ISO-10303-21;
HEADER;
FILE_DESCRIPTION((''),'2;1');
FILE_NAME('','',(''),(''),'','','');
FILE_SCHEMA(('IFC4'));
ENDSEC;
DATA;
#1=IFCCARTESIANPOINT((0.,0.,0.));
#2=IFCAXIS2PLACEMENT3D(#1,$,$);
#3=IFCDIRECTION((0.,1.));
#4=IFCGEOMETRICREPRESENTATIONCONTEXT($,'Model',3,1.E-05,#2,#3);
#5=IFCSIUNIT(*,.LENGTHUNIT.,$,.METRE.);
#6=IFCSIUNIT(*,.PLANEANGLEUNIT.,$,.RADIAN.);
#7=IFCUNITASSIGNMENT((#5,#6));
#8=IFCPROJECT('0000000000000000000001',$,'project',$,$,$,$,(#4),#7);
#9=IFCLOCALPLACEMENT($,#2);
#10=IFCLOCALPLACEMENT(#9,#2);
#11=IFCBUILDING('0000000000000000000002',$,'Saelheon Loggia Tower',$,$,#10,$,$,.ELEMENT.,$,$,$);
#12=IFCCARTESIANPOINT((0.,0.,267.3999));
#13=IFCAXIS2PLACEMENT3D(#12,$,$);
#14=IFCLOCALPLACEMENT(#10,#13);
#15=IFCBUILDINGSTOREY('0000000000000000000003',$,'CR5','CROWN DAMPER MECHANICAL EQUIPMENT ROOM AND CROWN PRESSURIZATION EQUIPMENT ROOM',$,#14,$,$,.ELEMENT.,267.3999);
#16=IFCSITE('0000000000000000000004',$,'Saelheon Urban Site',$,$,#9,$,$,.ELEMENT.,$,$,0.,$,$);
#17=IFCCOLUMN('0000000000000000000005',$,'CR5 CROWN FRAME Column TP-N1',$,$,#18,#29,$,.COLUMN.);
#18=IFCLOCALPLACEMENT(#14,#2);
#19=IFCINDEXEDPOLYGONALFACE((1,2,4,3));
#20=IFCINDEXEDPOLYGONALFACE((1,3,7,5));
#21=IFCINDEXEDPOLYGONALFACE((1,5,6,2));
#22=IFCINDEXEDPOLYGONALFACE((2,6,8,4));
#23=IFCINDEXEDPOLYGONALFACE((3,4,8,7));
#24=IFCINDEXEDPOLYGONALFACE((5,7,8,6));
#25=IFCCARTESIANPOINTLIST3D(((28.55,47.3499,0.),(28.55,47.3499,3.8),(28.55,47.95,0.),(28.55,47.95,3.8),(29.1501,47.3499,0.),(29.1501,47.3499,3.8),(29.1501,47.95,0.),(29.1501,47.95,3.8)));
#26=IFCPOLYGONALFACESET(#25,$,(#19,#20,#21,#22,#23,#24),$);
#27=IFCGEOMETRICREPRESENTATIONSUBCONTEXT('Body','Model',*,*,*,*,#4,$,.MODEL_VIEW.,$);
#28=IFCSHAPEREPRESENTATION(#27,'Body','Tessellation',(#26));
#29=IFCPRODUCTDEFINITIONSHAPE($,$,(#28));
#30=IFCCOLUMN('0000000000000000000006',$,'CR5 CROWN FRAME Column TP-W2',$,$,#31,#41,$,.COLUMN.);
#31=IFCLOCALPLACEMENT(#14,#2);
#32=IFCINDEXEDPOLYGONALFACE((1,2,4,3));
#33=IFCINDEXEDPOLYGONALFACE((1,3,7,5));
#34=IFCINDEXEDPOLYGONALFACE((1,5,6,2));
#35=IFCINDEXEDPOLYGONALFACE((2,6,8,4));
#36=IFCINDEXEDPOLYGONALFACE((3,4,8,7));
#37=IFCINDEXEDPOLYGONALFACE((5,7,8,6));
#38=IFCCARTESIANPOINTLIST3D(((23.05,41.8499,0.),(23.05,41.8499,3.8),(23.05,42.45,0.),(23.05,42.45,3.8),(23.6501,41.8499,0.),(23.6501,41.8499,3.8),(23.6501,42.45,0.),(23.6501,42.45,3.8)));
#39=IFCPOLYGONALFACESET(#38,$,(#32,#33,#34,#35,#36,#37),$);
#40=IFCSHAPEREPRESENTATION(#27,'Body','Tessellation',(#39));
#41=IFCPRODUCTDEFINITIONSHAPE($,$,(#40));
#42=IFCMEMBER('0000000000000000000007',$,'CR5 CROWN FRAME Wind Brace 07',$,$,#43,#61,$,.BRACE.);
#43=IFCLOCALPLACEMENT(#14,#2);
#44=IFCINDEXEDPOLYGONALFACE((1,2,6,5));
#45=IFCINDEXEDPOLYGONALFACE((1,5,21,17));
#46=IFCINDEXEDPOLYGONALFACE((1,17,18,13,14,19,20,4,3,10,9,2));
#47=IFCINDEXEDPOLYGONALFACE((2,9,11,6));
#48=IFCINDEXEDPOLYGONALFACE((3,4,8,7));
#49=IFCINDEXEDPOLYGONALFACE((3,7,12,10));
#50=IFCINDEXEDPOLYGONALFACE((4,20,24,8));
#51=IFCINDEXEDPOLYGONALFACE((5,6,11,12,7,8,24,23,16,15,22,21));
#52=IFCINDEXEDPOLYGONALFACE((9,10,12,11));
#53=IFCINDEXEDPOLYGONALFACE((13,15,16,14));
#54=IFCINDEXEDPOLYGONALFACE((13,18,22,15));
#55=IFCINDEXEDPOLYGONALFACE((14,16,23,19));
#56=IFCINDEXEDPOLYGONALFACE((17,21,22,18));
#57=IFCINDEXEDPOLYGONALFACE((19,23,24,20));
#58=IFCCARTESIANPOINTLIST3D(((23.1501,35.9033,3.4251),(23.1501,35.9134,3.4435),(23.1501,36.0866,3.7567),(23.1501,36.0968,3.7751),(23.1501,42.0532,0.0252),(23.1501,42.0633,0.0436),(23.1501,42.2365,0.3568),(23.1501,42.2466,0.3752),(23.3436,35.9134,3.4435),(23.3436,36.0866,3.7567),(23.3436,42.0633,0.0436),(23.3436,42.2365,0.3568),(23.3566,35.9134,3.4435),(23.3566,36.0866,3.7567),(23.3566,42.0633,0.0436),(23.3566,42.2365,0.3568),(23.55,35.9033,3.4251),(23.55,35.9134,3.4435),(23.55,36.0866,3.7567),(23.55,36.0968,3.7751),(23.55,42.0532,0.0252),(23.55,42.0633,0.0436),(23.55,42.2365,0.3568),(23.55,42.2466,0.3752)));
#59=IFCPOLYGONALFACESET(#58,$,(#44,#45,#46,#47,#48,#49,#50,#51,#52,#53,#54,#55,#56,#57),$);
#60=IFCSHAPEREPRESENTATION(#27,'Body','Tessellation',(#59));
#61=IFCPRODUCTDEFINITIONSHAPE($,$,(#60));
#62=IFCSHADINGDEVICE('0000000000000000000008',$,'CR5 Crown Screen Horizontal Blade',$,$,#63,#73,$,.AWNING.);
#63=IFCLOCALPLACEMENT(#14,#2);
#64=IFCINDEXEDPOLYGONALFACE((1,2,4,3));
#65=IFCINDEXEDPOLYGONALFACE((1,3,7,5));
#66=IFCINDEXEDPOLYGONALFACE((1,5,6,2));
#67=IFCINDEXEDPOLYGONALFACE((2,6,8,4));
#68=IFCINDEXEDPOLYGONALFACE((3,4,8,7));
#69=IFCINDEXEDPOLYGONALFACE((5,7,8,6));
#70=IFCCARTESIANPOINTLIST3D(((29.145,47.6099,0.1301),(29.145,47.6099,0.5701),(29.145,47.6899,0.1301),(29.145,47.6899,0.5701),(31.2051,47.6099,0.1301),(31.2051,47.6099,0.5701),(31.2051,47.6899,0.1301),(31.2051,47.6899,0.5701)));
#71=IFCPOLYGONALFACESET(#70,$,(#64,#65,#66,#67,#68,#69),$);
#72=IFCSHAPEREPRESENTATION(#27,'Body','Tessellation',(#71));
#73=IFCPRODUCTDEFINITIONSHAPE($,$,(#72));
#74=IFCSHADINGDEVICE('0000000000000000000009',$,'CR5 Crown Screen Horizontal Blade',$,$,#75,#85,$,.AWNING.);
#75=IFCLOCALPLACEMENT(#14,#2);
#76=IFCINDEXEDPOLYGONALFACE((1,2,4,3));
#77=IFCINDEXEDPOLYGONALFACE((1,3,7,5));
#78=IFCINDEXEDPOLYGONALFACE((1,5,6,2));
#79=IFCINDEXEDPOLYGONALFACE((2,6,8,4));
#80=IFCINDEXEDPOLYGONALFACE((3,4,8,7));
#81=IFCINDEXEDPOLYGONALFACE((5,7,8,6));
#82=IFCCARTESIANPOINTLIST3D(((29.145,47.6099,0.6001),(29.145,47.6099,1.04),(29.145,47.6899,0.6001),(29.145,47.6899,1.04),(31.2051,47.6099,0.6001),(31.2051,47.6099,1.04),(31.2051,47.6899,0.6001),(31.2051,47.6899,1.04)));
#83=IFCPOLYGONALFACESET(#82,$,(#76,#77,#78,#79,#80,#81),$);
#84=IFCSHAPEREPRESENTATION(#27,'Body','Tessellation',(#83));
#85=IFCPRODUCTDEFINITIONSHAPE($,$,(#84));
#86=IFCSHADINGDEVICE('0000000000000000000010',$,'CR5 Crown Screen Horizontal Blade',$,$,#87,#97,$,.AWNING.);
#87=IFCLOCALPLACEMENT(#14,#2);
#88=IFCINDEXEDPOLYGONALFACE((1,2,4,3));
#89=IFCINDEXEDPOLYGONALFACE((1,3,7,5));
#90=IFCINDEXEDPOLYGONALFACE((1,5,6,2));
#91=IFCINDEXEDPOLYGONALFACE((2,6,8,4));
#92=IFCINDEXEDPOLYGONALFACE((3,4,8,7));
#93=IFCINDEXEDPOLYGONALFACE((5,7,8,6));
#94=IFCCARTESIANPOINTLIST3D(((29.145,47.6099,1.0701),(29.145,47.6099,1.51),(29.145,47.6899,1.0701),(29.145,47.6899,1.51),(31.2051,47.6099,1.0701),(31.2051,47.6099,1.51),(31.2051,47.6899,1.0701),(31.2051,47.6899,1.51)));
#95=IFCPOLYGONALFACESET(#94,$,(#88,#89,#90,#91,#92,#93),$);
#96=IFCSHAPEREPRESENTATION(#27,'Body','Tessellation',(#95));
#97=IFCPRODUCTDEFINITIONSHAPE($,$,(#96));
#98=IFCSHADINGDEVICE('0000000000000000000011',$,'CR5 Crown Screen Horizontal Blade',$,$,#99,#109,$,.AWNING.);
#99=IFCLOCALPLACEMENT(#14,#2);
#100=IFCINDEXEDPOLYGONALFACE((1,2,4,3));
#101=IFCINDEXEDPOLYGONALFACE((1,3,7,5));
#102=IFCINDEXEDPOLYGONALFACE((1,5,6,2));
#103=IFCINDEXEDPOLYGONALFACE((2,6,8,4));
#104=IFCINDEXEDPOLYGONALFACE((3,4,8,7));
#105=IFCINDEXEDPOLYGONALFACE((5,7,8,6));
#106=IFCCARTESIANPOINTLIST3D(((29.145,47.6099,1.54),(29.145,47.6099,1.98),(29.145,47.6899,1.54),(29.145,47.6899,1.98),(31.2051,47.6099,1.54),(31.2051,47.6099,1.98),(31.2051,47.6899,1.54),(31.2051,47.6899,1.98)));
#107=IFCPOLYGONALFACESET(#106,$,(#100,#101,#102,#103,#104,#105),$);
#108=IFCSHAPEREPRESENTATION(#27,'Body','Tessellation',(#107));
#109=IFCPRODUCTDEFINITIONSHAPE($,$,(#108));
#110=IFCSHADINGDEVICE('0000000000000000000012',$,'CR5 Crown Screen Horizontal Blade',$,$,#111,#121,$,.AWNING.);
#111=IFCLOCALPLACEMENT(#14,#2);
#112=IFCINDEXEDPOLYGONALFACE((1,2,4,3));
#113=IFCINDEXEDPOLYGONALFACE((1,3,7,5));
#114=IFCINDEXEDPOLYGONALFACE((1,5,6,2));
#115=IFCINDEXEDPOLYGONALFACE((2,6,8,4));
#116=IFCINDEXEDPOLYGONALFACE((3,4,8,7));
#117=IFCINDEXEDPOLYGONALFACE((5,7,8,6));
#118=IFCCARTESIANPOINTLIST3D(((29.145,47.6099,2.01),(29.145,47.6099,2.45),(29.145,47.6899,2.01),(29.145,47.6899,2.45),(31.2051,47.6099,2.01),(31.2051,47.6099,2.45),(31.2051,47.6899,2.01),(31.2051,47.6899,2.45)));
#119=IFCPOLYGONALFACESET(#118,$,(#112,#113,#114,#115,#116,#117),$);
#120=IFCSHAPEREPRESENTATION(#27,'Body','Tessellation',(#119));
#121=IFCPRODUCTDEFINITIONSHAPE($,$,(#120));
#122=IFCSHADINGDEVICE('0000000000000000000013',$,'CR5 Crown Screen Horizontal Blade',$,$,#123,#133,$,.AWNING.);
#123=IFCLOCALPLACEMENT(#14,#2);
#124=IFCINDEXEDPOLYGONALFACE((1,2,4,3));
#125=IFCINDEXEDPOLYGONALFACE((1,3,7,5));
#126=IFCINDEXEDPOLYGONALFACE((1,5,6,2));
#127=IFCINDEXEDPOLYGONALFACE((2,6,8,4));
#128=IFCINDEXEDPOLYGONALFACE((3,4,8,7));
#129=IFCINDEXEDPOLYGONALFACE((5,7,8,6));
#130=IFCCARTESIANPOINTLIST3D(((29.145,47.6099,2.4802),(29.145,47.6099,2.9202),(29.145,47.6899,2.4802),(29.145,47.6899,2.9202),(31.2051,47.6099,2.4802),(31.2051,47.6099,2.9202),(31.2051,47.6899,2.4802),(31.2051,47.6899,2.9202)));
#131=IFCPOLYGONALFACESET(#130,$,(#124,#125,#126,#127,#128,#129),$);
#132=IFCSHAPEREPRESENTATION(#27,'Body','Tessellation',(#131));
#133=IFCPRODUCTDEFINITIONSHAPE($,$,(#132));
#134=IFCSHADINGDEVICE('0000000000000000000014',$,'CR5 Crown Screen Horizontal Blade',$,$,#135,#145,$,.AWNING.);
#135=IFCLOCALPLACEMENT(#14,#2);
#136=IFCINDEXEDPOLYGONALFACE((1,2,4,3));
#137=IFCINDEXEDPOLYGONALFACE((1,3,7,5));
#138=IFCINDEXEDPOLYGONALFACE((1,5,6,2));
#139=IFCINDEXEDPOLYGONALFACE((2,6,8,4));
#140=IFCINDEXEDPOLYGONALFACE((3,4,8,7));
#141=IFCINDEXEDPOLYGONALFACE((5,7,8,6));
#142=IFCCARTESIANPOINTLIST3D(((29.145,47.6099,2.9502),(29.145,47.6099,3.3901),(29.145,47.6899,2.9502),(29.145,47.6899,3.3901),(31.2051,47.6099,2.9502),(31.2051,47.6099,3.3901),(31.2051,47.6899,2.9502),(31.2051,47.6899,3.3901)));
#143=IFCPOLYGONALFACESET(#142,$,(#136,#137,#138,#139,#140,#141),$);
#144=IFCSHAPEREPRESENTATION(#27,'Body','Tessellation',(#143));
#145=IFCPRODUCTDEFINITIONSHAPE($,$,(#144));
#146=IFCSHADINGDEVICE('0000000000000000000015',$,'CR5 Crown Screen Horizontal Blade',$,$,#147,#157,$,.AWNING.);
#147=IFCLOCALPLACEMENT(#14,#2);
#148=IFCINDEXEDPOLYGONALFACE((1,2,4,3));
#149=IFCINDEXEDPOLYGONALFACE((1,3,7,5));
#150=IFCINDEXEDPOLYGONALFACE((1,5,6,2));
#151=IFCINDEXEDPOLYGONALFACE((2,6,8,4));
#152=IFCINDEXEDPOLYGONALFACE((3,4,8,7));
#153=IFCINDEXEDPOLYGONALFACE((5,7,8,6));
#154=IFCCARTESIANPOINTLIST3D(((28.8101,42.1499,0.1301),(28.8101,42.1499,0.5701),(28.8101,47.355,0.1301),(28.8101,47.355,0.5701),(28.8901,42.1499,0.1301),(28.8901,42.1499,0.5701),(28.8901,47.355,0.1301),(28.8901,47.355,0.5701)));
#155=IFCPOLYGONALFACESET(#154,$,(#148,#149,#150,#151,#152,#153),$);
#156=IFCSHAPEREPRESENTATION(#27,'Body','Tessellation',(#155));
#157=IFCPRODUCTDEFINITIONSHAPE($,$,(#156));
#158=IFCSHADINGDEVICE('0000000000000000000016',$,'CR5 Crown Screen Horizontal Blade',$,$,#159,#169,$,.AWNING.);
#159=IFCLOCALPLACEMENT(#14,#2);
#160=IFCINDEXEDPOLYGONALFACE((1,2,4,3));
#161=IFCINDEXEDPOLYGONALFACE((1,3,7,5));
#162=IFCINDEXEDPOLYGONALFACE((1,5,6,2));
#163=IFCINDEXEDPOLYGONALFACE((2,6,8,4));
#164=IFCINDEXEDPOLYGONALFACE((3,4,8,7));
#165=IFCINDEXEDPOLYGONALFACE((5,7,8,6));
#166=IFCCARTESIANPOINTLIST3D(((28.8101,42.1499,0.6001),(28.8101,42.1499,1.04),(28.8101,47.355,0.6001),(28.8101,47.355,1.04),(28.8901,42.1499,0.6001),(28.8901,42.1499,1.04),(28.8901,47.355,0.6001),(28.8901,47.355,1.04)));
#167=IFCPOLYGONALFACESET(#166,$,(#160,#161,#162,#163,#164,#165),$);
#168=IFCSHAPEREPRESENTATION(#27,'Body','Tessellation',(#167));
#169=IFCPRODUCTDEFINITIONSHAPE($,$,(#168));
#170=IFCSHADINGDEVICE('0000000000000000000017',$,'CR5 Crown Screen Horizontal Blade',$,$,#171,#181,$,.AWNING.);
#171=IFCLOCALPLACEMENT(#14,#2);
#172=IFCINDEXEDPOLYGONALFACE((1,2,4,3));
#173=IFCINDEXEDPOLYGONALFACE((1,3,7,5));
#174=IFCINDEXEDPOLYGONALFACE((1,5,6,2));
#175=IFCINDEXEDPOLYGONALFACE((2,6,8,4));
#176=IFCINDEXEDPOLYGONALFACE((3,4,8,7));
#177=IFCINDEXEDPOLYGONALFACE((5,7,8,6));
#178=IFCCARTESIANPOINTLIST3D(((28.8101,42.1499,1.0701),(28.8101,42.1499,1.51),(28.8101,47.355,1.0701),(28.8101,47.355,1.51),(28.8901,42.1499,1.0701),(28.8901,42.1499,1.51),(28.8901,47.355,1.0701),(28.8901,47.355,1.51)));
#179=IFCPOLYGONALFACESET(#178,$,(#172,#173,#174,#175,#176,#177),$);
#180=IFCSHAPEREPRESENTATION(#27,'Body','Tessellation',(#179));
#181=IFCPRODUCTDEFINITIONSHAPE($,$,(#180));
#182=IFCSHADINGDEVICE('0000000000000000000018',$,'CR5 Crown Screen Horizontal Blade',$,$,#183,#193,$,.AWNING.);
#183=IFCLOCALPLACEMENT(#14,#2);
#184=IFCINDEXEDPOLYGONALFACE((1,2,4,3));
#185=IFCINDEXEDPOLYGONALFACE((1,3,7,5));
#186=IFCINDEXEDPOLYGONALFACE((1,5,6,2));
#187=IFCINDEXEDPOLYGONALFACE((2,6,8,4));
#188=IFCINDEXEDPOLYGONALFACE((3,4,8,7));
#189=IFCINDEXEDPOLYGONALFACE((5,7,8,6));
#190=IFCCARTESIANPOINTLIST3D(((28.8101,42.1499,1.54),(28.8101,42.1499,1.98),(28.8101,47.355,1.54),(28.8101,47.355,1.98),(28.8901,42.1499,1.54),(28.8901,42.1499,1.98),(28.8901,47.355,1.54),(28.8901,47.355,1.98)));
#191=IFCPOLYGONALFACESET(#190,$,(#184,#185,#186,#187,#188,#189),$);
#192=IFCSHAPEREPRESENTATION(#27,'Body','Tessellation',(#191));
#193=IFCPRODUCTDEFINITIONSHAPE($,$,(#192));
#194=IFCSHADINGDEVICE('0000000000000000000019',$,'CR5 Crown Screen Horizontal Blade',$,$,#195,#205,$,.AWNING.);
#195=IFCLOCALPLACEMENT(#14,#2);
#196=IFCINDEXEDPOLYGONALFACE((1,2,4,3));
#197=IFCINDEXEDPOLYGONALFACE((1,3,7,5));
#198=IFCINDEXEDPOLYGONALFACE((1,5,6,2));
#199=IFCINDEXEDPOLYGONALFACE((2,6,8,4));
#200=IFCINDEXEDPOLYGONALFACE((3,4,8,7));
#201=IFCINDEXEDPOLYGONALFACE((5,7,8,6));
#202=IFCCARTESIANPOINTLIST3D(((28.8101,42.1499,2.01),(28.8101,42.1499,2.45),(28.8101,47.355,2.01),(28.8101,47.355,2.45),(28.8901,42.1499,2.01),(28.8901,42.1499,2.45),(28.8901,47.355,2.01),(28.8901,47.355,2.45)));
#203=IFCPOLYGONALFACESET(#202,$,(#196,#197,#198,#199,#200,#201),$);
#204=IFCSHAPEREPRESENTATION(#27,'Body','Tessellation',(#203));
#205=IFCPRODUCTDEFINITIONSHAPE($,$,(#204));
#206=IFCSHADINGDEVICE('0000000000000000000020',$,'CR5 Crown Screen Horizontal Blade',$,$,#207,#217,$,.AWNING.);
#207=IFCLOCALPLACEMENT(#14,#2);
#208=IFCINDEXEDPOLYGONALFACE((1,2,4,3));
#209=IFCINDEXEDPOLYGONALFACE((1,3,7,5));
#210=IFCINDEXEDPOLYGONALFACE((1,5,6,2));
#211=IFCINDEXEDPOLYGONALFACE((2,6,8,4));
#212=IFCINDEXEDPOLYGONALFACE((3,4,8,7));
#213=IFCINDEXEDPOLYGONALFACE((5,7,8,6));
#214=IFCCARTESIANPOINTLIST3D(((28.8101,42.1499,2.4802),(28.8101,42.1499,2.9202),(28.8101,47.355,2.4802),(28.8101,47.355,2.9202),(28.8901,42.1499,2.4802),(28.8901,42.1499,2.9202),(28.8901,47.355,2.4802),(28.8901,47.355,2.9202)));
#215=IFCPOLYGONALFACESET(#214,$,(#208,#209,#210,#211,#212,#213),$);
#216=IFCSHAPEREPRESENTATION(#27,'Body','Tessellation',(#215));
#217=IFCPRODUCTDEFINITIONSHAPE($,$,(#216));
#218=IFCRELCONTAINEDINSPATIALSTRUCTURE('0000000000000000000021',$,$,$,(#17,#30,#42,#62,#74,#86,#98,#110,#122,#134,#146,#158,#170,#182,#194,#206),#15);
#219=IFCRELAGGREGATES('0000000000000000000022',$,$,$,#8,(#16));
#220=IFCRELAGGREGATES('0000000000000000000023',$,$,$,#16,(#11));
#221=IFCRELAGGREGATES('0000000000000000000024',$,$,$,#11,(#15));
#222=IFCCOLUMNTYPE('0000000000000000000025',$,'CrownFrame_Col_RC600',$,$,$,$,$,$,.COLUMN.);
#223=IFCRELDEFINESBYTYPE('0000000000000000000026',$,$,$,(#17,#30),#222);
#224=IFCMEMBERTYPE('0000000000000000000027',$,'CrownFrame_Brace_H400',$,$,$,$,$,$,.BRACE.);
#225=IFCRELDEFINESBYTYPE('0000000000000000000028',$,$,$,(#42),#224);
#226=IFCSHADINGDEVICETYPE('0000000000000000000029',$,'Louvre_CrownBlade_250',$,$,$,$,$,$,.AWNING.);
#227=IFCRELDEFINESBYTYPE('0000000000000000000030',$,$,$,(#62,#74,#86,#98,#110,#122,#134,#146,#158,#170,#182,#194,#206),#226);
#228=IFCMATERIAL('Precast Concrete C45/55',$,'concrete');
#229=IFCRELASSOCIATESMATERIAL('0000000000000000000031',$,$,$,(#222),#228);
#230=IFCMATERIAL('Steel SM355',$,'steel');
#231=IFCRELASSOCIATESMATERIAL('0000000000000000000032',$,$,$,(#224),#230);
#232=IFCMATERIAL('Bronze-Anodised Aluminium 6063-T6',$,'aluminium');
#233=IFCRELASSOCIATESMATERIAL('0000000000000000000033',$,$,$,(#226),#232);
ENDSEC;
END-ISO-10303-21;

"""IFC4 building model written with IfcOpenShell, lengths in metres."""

from ifc_helpers import new_model, si_unit, direction, frame, origin, origin_2d, place, context, subcontext, project, spatial, rectangle, i_section, extrude, source, transform, mapped, material, material_profile, profile_set, type_object, element, save


model = new_model("IFC4")

# Units and contexts
model_context = context("Model", 3, precision=1e-05, world=origin(), true_north=direction((0.0, 1.0)))
body_context = subcontext(model_context, "Body", "Model", "MODEL_VIEW")
ifc_project = project(units=[si_unit("LENGTHUNIT", "METRE"), si_unit("PLANEANGLEUNIT", "RADIAN")], contexts=[model_context])

# Site, building, storey
site_placement = place(None, origin())
site = spatial("IfcSite", under=ifc_project, at=site_placement, Name="Saelheon Urban Site", CompositionType="ELEMENT", RefElevation=0.0)
building_placement = place(site_placement, origin())
building = spatial("IfcBuilding", under=site, at=building_placement, Name="Saelheon Loggia Tower", CompositionType="ELEMENT")
storey_placement = place(building_placement, frame((0.0, 0.0, 267.3999)))
storey = spatial("IfcBuildingStorey", under=building, at=storey_placement, Name="CR5", Description="CROWN DAMPER MECHANICAL EQUIPMENT ROOM AND CROWN PRESSURIZATION EQUIPMENT ROOM", CompositionType="ELEMENT", Elevation=267.3999)

# Columns
ifc_material_1 = material(Name="Precast Concrete C45/55", Category="concrete")
ifc_material_profile_1 = material_profile(ifc_material_1, rectangle(XDim=0.6001, YDim=0.6001, at=origin_2d()), Name="RC-600x600")
ifc_profile_set_1 = profile_set([ifc_material_profile_1], Name="Precast Concrete C45/55")
column_type = type_object("IfcColumnType", Name="CrownFrame_Col_RC600", PredefinedType="COLUMN", material=ifc_profile_set_1)
shared_shape_1 = source(origin(), body_context, "Body", "SweptSolid", [
    extrude(rectangle(XDim=0.6001, YDim=0.6001, at=origin_2d()), origin(), (0.0, 0.0, 1.0), 3.8),
])
for number, where, z_axis, x_axis, name in (
    (1, (28.8501, 47.6499, 0.0), (0.0, 0.0, 1.0), (1.0, 0.0, 0.0), "CR5 CROWN FRAME Column TP-N1"),
    (2, (23.3501, 42.1499, 0.0), (0.0, 0.0, 1.0), (1.0, 0.0, 0.0), "CR5 CROWN FRAME Column TP-W2"),
):
    element("IfcColumn", number, at=place(storey_placement, frame(where, z_axis=z_axis, x_axis=x_axis)), inside=storey, type_object=column_type, Name=name, PredefinedType="COLUMN", context=body_context, shape_type="MappedRepresentation", body=[
        mapped(shared_shape_1, transform((0.0, 0.0, 0.0), scale=1.0)),
    ])

# Member
ifc_material_2 = material(Name="Steel SM355", Category="steel")
ifc_material_profile_2 = material_profile(ifc_material_2, i_section(OverallWidth=0.3999, OverallDepth=0.3999, WebThickness=0.0129, FlangeThickness=0.021, at=origin_2d()), Name="H-400x400x13x21")
ifc_profile_set_2 = profile_set([ifc_material_profile_2], Name="Steel SM355")
member_type = type_object("IfcMemberType", Name="CrownFrame_Brace_H400", PredefinedType="BRACE", material=ifc_profile_set_2)
shared_shape_2 = source(origin(), body_context, "Body", "SweptSolid", [
    extrude(i_section(OverallWidth=0.3999, OverallDepth=0.3999, WebThickness=0.0129, FlangeThickness=0.021, at=origin_2d()), origin(), (0.0, 0.0, 1.0), 7.0271),
])
member_placement = place(storey_placement, frame((23.3501, 42.1499, 0.2002), z_axis=(0.0, -0.875165, 0.483825), x_axis=(1.0, 0.0, 0.0)))
element("IfcMember", 3, at=member_placement, inside=storey, type_object=member_type, Name="CR5 CROWN FRAME Wind Brace 07", PredefinedType="BRACE", context=body_context, shape_type="MappedRepresentation", body=[
    mapped(shared_shape_2, transform((0.0, 0.0, 0.0), scale=1.0)),
])

# Shading devices
ifc_material_3 = material(Name="Bronze-Anodised Aluminium 6063-T6", Category="aluminium")
ifc_material_profile_3 = material_profile(ifc_material_3, rectangle(XDim=0.0801, YDim=0.4399, at=origin_2d()), Name="Louvre_CrownBlade_250")
ifc_profile_set_3 = profile_set([ifc_material_profile_3], Name="Bronze-Anodised Aluminium 6063-T6")
shading_device_type = type_object("IfcShadingDeviceType", Name="Louvre_CrownBlade_250", PredefinedType="AWNING", material=ifc_profile_set_3)
shared_shape_3 = source(origin(), body_context, "Body", "SweptSolid", [
    extrude(rectangle(XDim=0.0801, YDim=0.4399, at=origin_2d()), origin(), (0.0, 0.0, 1.0), 2.0601),
])
for number, where, z_axis, x_axis, name in (
    (4, (31.2051, 47.6499, 0.3501), (-1.0, 0.0, 0.0), (0.0, -1.0, 0.0), "CR5 Crown Screen Horizontal Blade"),
    (5, (31.2051, 47.6499, 0.8201), (-1.0, 0.0, 0.0), (0.0, -1.0, 0.0), "CR5 Crown Screen Horizontal Blade"),
    (6, (31.2051, 47.6499, 1.29), (-1.0, 0.0, 0.0), (0.0, -1.0, 0.0), "CR5 Crown Screen Horizontal Blade"),
    (7, (31.2051, 47.6499, 1.76), (-1.0, 0.0, 0.0), (0.0, -1.0, 0.0), "CR5 Crown Screen Horizontal Blade"),
    (8, (31.2051, 47.6499, 2.23), (-1.0, 0.0, 0.0), (0.0, -1.0, 0.0), "CR5 Crown Screen Horizontal Blade"),
    (9, (31.2051, 47.6499, 2.7002), (-1.0, 0.0, 0.0), (0.0, -1.0, 0.0), "CR5 Crown Screen Horizontal Blade"),
    (10, (31.2051, 47.6499, 3.1702), (-1.0, 0.0, 0.0), (0.0, -1.0, 0.0), "CR5 Crown Screen Horizontal Blade"),
):
    element("IfcShadingDevice", number, at=place(storey_placement, frame(where, z_axis=z_axis, x_axis=x_axis)), inside=storey, type_object=shading_device_type, Name=name, PredefinedType="AWNING", context=body_context, shape_type="MappedRepresentation", body=[
        mapped(shared_shape_3, transform((0.0, 0.0, 0.0), scale=1.0)),
    ])
shared_shape_4 = source(origin(), body_context, "Body", "SweptSolid", [
    extrude(rectangle(XDim=0.0801, YDim=0.4399, at=origin_2d()), origin(), (0.0, 0.0, 1.0), 5.2051),
])
for number, where, z_axis, x_axis, name in (
    (11, (28.8501, 47.355, 0.3501), (0.0, -1.0, 0.0), (1.0, 0.0, 0.0), "CR5 Crown Screen Horizontal Blade"),
    (12, (28.8501, 47.355, 0.8201), (0.0, -1.0, 0.0), (1.0, 0.0, 0.0), "CR5 Crown Screen Horizontal Blade"),
    (13, (28.8501, 47.355, 1.29), (0.0, -1.0, 0.0), (1.0, 0.0, 0.0), "CR5 Crown Screen Horizontal Blade"),
    (14, (28.8501, 47.355, 1.76), (0.0, -1.0, 0.0), (1.0, 0.0, 0.0), "CR5 Crown Screen Horizontal Blade"),
    (15, (28.8501, 47.355, 2.23), (0.0, -1.0, 0.0), (1.0, 0.0, 0.0), "CR5 Crown Screen Horizontal Blade"),
    (16, (28.8501, 47.355, 2.7002), (0.0, -1.0, 0.0), (1.0, 0.0, 0.0), "CR5 Crown Screen Horizontal Blade"),
):
    element("IfcShadingDevice", number, at=place(storey_placement, frame(where, z_axis=z_axis, x_axis=x_axis)), inside=storey, type_object=shading_device_type, Name=name, PredefinedType="AWNING", context=body_context, shape_type="MappedRepresentation", body=[
        mapped(shared_shape_4, transform((0.0, 0.0, 0.0), scale=1.0)),
    ])

save(model, "model.ifc")
